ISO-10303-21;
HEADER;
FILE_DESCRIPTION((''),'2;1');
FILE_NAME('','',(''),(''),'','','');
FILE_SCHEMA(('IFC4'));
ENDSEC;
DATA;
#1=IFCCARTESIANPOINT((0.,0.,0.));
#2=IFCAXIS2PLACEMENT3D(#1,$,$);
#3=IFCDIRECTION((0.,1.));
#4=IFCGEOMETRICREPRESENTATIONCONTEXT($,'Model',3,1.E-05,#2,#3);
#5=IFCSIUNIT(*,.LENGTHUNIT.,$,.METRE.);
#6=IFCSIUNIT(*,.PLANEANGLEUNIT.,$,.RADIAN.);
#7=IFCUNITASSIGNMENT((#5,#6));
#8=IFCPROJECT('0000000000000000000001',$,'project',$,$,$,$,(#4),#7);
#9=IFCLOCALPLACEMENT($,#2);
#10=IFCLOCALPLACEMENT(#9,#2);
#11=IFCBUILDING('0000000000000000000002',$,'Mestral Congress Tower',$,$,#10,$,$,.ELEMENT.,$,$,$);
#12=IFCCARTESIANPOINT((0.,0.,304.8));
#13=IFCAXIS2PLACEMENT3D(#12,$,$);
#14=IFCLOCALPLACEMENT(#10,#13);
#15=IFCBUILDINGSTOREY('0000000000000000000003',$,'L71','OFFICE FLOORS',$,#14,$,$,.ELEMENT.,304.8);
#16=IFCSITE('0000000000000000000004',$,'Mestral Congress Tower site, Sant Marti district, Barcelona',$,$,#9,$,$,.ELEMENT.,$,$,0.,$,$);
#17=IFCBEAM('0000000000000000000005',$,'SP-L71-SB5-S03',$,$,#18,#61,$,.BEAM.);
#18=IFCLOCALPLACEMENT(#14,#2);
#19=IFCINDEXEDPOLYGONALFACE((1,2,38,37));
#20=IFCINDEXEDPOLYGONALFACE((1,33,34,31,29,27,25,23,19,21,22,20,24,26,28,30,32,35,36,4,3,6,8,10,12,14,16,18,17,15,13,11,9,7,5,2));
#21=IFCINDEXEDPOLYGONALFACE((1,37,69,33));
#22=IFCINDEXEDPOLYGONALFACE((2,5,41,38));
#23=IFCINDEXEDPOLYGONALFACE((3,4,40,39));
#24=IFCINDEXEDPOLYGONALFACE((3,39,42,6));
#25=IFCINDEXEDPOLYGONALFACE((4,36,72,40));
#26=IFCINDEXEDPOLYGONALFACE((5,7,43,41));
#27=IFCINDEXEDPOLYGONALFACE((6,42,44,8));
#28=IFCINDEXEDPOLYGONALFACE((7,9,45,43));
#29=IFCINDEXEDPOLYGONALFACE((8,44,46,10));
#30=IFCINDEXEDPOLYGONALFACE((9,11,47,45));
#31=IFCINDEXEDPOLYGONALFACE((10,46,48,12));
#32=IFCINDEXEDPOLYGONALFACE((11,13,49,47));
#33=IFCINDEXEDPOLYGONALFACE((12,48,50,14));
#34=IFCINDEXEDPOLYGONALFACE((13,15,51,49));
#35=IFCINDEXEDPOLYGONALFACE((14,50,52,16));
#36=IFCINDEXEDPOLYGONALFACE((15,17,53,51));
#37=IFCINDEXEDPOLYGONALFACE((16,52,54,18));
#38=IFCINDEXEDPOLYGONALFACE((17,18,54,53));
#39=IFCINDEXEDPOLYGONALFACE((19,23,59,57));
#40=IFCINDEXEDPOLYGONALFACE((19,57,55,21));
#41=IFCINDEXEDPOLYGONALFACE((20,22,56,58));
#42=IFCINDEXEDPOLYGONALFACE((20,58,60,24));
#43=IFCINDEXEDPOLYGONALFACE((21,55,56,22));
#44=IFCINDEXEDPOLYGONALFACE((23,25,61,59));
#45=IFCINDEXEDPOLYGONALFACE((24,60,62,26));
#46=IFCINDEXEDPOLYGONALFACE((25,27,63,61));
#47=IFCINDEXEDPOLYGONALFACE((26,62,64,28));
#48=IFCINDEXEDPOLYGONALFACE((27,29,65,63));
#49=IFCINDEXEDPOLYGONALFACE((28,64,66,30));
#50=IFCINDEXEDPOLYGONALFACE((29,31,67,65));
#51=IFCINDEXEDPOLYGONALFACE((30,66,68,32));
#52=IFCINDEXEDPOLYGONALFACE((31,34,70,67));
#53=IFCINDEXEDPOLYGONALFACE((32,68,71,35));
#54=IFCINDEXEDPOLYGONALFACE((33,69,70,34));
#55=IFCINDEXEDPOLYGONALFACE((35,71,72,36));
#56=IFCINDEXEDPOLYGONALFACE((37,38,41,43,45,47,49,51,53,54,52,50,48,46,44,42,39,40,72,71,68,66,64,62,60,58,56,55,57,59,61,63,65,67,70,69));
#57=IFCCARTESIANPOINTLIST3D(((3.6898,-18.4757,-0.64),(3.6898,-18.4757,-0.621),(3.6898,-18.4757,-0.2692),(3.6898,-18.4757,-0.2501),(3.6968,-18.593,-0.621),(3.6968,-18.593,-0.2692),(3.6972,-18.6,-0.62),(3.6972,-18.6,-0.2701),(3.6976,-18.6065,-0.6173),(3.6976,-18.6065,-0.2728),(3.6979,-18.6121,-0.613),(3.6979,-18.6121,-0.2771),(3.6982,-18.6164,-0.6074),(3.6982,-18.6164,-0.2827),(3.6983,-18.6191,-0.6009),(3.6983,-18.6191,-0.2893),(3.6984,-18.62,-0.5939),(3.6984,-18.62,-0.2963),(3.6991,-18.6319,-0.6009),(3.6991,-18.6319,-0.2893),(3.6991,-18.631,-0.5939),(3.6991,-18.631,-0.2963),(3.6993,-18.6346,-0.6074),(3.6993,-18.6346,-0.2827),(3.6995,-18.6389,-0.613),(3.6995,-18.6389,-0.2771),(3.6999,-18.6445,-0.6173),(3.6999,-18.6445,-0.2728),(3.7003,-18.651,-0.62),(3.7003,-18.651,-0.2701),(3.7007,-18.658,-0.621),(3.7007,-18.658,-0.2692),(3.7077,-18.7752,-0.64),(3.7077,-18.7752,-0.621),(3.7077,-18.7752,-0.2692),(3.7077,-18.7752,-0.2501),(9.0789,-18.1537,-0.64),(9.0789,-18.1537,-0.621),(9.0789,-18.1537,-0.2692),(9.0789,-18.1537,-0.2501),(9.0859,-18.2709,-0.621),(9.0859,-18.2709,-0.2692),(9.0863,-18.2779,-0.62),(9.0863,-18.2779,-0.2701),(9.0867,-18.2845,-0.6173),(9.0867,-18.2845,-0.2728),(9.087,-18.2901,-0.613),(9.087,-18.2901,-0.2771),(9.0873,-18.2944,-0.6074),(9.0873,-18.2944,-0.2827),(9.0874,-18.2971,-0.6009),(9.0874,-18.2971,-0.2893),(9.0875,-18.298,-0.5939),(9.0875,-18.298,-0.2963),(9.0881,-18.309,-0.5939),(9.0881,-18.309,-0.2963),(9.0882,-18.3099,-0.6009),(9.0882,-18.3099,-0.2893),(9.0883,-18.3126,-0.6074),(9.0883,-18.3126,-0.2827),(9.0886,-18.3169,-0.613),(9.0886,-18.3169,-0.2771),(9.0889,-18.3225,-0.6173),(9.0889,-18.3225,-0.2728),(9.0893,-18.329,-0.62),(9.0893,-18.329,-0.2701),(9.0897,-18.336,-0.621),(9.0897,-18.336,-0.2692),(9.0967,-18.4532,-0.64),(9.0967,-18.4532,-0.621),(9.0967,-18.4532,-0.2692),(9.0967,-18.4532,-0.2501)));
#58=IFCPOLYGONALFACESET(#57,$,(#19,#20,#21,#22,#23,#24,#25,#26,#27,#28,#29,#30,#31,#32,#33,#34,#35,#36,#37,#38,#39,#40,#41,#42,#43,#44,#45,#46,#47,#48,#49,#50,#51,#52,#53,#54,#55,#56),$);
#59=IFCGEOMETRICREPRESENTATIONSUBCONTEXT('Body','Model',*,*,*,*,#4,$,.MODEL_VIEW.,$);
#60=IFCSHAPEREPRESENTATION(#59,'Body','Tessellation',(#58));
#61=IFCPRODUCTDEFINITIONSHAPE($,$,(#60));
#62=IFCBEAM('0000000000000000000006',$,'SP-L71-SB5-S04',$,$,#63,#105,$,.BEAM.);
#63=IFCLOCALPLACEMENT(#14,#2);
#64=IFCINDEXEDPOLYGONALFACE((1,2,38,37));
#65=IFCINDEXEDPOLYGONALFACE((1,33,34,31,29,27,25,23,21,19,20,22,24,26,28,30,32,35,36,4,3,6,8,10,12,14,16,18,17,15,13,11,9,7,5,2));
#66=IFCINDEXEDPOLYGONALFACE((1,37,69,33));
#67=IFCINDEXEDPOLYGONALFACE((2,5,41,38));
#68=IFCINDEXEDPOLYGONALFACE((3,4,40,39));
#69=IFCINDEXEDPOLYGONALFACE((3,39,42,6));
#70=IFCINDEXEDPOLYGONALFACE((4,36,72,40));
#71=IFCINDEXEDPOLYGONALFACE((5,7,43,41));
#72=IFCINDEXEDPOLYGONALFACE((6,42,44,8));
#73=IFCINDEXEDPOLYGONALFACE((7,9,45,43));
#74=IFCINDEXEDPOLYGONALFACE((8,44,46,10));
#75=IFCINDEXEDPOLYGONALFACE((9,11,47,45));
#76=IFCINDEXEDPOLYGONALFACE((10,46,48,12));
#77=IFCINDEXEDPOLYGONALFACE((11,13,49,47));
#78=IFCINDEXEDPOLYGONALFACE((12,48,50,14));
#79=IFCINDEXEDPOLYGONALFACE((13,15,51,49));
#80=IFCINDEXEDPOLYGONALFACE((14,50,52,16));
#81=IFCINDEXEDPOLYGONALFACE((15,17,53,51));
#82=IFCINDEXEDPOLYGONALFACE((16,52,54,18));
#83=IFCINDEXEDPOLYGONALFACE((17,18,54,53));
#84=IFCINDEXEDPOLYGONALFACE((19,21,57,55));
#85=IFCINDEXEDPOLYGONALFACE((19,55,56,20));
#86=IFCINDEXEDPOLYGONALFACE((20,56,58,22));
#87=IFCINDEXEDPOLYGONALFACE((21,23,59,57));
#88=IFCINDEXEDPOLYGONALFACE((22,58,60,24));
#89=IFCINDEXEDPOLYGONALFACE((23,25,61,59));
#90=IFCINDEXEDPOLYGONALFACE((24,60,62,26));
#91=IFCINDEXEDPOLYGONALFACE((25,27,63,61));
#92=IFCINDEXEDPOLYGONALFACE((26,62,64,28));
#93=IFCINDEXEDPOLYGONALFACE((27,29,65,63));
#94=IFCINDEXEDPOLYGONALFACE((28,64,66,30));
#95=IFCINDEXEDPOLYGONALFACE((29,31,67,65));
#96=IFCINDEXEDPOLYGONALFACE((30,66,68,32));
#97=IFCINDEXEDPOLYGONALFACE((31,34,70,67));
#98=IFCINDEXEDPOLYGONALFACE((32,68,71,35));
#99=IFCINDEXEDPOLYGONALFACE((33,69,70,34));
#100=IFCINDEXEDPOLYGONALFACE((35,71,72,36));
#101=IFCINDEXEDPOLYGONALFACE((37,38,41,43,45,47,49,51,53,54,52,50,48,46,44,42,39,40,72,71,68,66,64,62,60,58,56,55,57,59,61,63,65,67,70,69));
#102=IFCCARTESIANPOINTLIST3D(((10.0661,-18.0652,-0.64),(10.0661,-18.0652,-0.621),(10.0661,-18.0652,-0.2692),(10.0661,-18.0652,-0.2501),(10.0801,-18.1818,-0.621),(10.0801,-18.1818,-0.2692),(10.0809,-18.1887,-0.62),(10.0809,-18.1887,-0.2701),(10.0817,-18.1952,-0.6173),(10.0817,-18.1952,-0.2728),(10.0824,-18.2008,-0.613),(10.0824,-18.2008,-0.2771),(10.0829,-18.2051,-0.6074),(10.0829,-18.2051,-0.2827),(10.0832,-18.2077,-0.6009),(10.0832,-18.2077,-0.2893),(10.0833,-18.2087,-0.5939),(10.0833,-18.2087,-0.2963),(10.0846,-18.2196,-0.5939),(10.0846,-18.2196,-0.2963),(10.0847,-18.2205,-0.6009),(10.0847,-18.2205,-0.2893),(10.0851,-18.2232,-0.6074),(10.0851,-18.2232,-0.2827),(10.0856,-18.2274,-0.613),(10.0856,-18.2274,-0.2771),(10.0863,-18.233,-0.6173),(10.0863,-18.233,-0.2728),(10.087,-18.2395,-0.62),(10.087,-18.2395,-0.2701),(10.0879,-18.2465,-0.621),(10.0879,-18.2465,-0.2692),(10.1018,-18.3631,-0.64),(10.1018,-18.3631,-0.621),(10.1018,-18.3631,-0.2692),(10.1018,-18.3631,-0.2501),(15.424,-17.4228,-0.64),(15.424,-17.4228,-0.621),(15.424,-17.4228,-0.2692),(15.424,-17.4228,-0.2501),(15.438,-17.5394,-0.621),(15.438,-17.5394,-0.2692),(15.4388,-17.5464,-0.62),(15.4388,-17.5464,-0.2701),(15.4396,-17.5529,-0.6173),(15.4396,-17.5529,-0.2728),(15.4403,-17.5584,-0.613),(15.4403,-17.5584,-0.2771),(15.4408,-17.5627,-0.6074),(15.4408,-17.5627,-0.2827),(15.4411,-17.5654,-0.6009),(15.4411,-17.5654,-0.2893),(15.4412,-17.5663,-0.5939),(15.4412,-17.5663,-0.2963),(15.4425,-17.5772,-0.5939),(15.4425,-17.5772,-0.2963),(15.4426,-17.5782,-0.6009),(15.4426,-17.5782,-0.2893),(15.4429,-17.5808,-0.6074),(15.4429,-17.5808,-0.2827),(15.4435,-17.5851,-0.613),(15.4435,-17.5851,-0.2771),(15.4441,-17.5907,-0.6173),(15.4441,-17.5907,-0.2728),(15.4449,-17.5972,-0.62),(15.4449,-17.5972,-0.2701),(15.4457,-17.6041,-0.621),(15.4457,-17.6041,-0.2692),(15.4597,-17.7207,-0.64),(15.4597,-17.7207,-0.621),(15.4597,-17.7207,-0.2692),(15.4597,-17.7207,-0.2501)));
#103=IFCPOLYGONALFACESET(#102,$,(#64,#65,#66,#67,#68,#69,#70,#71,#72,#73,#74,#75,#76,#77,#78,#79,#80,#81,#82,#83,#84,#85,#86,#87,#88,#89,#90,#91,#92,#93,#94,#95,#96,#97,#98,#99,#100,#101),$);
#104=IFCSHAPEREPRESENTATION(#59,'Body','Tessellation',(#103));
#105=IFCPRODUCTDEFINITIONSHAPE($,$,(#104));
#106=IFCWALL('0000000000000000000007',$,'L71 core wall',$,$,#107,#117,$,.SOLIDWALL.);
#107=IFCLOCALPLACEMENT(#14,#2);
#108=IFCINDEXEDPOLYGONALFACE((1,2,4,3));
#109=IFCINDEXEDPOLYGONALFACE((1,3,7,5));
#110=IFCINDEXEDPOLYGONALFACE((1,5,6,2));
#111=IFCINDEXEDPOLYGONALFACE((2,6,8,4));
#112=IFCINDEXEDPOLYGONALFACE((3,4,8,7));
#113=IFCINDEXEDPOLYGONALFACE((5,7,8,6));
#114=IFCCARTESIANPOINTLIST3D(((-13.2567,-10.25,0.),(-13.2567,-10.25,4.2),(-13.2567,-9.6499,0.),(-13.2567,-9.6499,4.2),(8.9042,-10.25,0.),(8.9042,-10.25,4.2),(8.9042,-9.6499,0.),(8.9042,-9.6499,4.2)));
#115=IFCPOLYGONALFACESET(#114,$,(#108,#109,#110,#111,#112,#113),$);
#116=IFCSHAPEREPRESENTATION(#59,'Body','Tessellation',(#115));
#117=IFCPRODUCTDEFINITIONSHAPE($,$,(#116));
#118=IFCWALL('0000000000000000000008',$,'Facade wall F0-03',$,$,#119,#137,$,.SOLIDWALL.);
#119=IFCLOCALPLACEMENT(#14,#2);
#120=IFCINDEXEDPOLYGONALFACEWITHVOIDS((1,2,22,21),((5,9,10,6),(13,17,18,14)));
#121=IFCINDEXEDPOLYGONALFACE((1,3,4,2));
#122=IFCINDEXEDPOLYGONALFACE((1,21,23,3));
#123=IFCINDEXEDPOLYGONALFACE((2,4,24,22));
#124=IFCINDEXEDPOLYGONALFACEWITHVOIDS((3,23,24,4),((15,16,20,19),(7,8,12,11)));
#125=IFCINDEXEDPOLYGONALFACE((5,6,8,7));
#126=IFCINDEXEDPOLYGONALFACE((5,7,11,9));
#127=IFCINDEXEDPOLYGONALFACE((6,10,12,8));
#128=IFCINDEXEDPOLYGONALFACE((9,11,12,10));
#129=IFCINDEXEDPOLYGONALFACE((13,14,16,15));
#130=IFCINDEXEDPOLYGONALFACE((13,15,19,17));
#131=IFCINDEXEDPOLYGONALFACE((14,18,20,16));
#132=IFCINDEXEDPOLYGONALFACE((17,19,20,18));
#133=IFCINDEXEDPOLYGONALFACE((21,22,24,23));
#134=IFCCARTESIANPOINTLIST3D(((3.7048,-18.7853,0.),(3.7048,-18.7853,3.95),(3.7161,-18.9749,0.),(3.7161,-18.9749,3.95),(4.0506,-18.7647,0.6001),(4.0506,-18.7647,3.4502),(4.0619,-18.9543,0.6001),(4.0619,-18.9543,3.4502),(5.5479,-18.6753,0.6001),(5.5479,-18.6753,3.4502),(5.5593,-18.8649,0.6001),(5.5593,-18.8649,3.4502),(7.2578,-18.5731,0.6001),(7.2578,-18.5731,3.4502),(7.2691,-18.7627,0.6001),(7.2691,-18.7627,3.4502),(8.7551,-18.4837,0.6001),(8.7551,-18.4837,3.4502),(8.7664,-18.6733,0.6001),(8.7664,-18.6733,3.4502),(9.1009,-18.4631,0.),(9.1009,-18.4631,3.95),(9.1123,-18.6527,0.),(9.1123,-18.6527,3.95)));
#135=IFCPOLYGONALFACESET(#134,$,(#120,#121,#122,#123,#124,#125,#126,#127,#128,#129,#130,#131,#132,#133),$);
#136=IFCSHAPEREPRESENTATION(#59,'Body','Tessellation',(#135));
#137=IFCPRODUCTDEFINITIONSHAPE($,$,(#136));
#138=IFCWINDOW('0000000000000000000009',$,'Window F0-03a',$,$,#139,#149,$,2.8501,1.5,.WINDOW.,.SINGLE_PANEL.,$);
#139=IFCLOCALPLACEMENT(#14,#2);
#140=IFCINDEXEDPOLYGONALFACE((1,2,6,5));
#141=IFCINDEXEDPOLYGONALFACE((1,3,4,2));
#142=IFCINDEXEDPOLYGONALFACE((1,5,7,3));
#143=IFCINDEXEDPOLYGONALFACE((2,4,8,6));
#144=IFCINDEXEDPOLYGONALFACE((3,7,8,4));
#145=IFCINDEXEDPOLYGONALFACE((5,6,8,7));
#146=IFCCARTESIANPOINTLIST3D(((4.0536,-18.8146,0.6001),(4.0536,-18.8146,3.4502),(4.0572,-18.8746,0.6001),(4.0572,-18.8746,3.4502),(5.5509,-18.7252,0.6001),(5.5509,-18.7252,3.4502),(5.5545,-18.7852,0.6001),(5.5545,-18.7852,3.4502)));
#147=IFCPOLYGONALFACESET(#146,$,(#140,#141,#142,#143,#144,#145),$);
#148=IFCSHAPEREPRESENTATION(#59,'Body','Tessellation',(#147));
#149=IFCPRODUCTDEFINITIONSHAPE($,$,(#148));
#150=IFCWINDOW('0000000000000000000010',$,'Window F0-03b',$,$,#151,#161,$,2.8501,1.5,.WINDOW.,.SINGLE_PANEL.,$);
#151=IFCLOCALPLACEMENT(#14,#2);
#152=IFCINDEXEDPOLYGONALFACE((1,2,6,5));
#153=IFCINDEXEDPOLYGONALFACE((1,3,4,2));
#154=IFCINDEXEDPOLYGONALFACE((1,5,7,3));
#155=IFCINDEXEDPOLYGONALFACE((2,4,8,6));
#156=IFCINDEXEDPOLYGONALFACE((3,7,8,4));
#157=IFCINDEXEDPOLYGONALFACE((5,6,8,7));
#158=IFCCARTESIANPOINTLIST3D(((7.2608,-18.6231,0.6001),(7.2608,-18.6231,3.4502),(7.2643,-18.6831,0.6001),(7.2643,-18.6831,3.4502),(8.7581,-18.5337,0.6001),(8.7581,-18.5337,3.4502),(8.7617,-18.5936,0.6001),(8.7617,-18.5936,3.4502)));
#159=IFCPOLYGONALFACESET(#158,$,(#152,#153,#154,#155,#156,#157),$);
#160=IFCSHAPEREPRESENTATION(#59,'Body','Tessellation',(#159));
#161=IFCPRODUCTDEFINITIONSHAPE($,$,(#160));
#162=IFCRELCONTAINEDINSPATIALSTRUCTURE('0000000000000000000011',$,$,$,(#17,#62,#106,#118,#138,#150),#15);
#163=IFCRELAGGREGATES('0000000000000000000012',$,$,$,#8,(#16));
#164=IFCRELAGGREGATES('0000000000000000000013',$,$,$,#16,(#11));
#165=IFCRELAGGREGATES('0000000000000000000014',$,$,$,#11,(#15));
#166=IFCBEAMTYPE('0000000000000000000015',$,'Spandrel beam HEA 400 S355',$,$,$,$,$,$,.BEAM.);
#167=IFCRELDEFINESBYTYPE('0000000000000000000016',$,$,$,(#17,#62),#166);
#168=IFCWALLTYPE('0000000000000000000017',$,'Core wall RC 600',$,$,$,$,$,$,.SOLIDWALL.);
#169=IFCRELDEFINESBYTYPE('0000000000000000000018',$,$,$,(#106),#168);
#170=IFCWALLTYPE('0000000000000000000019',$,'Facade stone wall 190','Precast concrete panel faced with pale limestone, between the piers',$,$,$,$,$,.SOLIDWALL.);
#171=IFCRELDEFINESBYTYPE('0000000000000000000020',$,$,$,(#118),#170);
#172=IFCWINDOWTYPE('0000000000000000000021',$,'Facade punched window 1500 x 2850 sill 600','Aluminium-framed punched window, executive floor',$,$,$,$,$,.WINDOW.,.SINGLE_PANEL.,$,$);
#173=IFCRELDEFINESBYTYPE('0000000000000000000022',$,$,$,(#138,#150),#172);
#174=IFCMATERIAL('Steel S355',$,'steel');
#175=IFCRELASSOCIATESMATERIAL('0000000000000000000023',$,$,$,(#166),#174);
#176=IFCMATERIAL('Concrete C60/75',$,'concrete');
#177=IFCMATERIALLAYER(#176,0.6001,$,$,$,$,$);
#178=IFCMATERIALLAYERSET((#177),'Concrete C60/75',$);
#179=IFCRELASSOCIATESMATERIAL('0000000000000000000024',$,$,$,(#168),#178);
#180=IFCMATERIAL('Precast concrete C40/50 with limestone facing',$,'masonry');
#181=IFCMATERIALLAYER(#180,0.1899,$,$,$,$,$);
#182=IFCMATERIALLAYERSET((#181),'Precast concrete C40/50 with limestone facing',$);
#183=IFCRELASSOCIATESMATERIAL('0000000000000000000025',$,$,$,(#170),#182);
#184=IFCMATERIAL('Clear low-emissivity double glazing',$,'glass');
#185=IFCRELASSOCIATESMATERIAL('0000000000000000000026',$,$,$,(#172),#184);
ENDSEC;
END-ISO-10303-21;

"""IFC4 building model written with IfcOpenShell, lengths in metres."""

from ifc_helpers import new_model, si_unit, direction, frame, frame_2d, origin, origin_2d, place, context, subcontext, project, spatial, rectangle, i_section, extrude, material, layer, layer_set, material_profile, profile_set, type_object, element, fill, save


model = new_model("IFC4")

# Units and contexts
model_context = context("Model", 3, precision=1e-05, world=origin(), true_north=direction((0.0, 1.0)))
body_context = subcontext(model_context, "Body", "Model", "MODEL_VIEW")
ifc_project = project(units=[si_unit("LENGTHUNIT", "METRE"), si_unit("PLANEANGLEUNIT", "RADIAN")], contexts=[model_context])

# Site, building, storey
site_placement = place(None, origin())
site = spatial("IfcSite", under=ifc_project, at=site_placement, Name="Mestral Congress Tower site, Sant Marti district, Barcelona", CompositionType="ELEMENT", RefElevation=0.0)
building_placement = place(site_placement, origin())
building = spatial("IfcBuilding", under=site, at=building_placement, Name="Mestral Congress Tower", CompositionType="ELEMENT")
storey_placement = place(building_placement, frame((0.0, 0.0, 304.8)))
storey = spatial("IfcBuildingStorey", under=building, at=storey_placement, Name="L71", Description="OFFICE FLOORS", CompositionType="ELEMENT", Elevation=304.8)

# Shared definitions
ifc_material_1 = material(Name="Concrete C60/75", Category="concrete")

# Beams
ifc_material_2 = material(Name="Steel S355", Category="steel")
ifc_material_profile_1 = material_profile(ifc_material_2, i_section(OverallWidth=0.3, OverallDepth=0.3899, WebThickness=0.011, FlangeThickness=0.019, FilletRadius=0.0271, at=origin_2d()), Name="HEA 400")
ifc_profile_set_1 = profile_set([ifc_material_profile_1], Name="Steel S355")
beam_type_1 = type_object("IfcBeamType", Name="Spandrel beam HEA 400 S355", PredefinedType="BEAM", material=ifc_profile_set_1)
beam_1_placement = place(storey_placement, frame((3.6987, -18.6255, -0.4451), z_axis=(0.99822, 0.059647, 0.0), x_axis=(-0.059647, 0.99822, 0.0)))
element("IfcBeam", 1, at=beam_1_placement, inside=storey, type_object=beam_type_1, Name="SP-L71-SB5-S03", PredefinedType="BEAM", context=body_context, shape_type="SweptSolid", body=[
    extrude(i_section(OverallWidth=0.3, OverallDepth=0.3899, WebThickness=0.011, FlangeThickness=0.019, FilletRadius=0.0271, at=origin_2d()), origin(), (0.0, 0.0, 1.0), 5.3987),
])
beam_2_placement = place(storey_placement, frame((10.084, -18.2141, -0.4451), z_axis=(0.99289, 0.119033, 0.0), x_axis=(-0.119033, 0.99289, 0.0)))
element("IfcBeam", 2, at=beam_2_placement, inside=storey, type_object=beam_type_1, Name="SP-L71-SB5-S04", PredefinedType="BEAM", context=body_context, shape_type="SweptSolid", body=[
    extrude(i_section(OverallWidth=0.3, OverallDepth=0.3899, WebThickness=0.011, FlangeThickness=0.019, FilletRadius=0.0271, at=origin_2d()), origin(), (0.0, 0.0, 1.0), 5.3962),
])

# Wall
ifc_layer_1 = layer(ifc_material_1, 0.6001)
ifc_layer_set_1 = layer_set([ifc_layer_1], Name="Concrete C60/75")
wall_type_1 = type_object("IfcWallType", Name="Core wall RC 600", PredefinedType="SOLIDWALL", material=ifc_layer_set_1)
wall_1_placement = place(storey_placement, frame((8.9043, -9.95, 0.0), z_axis=(0.0, 0.0, 1.0), x_axis=(-1.0, 0.0, 0.0)))
element("IfcWall", 3, at=wall_1_placement, inside=storey, type_object=wall_type_1, Name="L71 core wall", PredefinedType="SOLIDWALL", context=body_context, shape_type="SweptSolid", body=[
    extrude(rectangle(XDim=22.1609, YDim=0.6001, at=frame_2d((11.0806, 0.0))), origin(), (0.0, 0.0, 1.0), 4.2),
])

# Wall, openings, windows
ifc_material_3 = material(Name="Precast concrete C40/50 with limestone facing", Category="masonry")
ifc_layer_2 = layer(ifc_material_3, 0.1899)
ifc_layer_set_2 = layer_set([ifc_layer_2], Name="Precast concrete C40/50 with limestone facing")
wall_type_2 = type_object("IfcWallType", Name="Facade stone wall 190", Description="Precast concrete panel faced with pale limestone, between the piers", PredefinedType="SOLIDWALL", material=ifc_layer_set_2)
wall_2_placement = place(storey_placement, frame((3.7104, -18.8801, 0.0), z_axis=(0.0, 0.0, 1.0), x_axis=(0.998221, 0.059614, 0.0)))
wall_2 = element("IfcWall", 4, at=wall_2_placement, inside=storey, type_object=wall_type_2, Name="Facade wall F0-03", PredefinedType="SOLIDWALL", context=body_context, shape_type="SweptSolid", body=[
    extrude(rectangle(XDim=5.4058, YDim=0.1899, at=frame_2d((2.7029, 0.0))), origin(), (0.0, 0.0, 1.0), 3.95),
])
opening_1_placement = place(wall_2_placement, frame((0.3464, 0.0, 0.6001)))
opening_1 = element("IfcOpeningElement", 5, at=opening_1_placement, cuts=wall_2, PredefinedType="OPENING", context=body_context, shape_type="SweptSolid", body=[
    extrude(rectangle(XDim=1.5, YDim=2.8501, at=frame_2d((0.75, 1.425))), frame((0.0, 0.105, 0.0), z_axis=(0.0, -1.0, 0.0), x_axis=(1.0, 0.0, 0.0)), (0.0, 0.0, 1.0), 0.21),
])
opening_2_placement = place(wall_2_placement, frame((3.5593, 0.0, 0.6001)))
opening_2 = element("IfcOpeningElement", 6, at=opening_2_placement, cuts=wall_2, PredefinedType="OPENING", context=body_context, shape_type="SweptSolid", body=[
    extrude(rectangle(XDim=1.5, YDim=2.8501, at=frame_2d((0.75, 1.425))), frame((0.0, 0.105, 0.0), z_axis=(0.0, -1.0, 0.0), x_axis=(1.0, 0.0, 0.0)), (0.0, 0.0, 1.0), 0.21),
])
ifc_material_4 = material(Name="Clear low-emissivity double glazing", Category="glass")
window_type = type_object("IfcWindowType", Name="Facade punched window 1500 x 2850 sill 600", Description="Aluminium-framed punched window, executive floor", PartitioningType="SINGLE_PANEL", PredefinedType="WINDOW", material=ifc_material_4)
window_1_placement = place(opening_1_placement, origin())
window_1 = element("IfcWindow", 7, at=window_1_placement, inside=storey, type_object=window_type, Name="Window F0-03a", OverallHeight=2.8501, OverallWidth=1.5, PartitioningType="SINGLE_PANEL", PredefinedType="WINDOW", context=body_context, shape_type="SweptSolid", body=[
    extrude(rectangle(XDim=1.5, YDim=2.8501, at=frame_2d((0.75, 1.425))), frame((0.0, 0.0449, 0.0), z_axis=(0.0, -1.0, 0.0), x_axis=(1.0, 0.0, 0.0)), (0.0, 0.0, 1.0), 0.0601),
])
fill(opening_1, window_1)
window_2_placement = place(opening_2_placement, origin())
window_2 = element("IfcWindow", 8, at=window_2_placement, inside=storey, type_object=window_type, Name="Window F0-03b", OverallHeight=2.8501, OverallWidth=1.5, PartitioningType="SINGLE_PANEL", PredefinedType="WINDOW", context=body_context, shape_type="SweptSolid", body=[
    extrude(rectangle(XDim=1.5, YDim=2.8501, at=frame_2d((0.75, 1.425))), frame((0.0, 0.0449, 0.0), z_axis=(0.0, -1.0, 0.0), x_axis=(1.0, 0.0, 0.0)), (0.0, 0.0, 1.0), 0.0601),
])
fill(opening_2, window_2)

save(model, "model.ifc")
